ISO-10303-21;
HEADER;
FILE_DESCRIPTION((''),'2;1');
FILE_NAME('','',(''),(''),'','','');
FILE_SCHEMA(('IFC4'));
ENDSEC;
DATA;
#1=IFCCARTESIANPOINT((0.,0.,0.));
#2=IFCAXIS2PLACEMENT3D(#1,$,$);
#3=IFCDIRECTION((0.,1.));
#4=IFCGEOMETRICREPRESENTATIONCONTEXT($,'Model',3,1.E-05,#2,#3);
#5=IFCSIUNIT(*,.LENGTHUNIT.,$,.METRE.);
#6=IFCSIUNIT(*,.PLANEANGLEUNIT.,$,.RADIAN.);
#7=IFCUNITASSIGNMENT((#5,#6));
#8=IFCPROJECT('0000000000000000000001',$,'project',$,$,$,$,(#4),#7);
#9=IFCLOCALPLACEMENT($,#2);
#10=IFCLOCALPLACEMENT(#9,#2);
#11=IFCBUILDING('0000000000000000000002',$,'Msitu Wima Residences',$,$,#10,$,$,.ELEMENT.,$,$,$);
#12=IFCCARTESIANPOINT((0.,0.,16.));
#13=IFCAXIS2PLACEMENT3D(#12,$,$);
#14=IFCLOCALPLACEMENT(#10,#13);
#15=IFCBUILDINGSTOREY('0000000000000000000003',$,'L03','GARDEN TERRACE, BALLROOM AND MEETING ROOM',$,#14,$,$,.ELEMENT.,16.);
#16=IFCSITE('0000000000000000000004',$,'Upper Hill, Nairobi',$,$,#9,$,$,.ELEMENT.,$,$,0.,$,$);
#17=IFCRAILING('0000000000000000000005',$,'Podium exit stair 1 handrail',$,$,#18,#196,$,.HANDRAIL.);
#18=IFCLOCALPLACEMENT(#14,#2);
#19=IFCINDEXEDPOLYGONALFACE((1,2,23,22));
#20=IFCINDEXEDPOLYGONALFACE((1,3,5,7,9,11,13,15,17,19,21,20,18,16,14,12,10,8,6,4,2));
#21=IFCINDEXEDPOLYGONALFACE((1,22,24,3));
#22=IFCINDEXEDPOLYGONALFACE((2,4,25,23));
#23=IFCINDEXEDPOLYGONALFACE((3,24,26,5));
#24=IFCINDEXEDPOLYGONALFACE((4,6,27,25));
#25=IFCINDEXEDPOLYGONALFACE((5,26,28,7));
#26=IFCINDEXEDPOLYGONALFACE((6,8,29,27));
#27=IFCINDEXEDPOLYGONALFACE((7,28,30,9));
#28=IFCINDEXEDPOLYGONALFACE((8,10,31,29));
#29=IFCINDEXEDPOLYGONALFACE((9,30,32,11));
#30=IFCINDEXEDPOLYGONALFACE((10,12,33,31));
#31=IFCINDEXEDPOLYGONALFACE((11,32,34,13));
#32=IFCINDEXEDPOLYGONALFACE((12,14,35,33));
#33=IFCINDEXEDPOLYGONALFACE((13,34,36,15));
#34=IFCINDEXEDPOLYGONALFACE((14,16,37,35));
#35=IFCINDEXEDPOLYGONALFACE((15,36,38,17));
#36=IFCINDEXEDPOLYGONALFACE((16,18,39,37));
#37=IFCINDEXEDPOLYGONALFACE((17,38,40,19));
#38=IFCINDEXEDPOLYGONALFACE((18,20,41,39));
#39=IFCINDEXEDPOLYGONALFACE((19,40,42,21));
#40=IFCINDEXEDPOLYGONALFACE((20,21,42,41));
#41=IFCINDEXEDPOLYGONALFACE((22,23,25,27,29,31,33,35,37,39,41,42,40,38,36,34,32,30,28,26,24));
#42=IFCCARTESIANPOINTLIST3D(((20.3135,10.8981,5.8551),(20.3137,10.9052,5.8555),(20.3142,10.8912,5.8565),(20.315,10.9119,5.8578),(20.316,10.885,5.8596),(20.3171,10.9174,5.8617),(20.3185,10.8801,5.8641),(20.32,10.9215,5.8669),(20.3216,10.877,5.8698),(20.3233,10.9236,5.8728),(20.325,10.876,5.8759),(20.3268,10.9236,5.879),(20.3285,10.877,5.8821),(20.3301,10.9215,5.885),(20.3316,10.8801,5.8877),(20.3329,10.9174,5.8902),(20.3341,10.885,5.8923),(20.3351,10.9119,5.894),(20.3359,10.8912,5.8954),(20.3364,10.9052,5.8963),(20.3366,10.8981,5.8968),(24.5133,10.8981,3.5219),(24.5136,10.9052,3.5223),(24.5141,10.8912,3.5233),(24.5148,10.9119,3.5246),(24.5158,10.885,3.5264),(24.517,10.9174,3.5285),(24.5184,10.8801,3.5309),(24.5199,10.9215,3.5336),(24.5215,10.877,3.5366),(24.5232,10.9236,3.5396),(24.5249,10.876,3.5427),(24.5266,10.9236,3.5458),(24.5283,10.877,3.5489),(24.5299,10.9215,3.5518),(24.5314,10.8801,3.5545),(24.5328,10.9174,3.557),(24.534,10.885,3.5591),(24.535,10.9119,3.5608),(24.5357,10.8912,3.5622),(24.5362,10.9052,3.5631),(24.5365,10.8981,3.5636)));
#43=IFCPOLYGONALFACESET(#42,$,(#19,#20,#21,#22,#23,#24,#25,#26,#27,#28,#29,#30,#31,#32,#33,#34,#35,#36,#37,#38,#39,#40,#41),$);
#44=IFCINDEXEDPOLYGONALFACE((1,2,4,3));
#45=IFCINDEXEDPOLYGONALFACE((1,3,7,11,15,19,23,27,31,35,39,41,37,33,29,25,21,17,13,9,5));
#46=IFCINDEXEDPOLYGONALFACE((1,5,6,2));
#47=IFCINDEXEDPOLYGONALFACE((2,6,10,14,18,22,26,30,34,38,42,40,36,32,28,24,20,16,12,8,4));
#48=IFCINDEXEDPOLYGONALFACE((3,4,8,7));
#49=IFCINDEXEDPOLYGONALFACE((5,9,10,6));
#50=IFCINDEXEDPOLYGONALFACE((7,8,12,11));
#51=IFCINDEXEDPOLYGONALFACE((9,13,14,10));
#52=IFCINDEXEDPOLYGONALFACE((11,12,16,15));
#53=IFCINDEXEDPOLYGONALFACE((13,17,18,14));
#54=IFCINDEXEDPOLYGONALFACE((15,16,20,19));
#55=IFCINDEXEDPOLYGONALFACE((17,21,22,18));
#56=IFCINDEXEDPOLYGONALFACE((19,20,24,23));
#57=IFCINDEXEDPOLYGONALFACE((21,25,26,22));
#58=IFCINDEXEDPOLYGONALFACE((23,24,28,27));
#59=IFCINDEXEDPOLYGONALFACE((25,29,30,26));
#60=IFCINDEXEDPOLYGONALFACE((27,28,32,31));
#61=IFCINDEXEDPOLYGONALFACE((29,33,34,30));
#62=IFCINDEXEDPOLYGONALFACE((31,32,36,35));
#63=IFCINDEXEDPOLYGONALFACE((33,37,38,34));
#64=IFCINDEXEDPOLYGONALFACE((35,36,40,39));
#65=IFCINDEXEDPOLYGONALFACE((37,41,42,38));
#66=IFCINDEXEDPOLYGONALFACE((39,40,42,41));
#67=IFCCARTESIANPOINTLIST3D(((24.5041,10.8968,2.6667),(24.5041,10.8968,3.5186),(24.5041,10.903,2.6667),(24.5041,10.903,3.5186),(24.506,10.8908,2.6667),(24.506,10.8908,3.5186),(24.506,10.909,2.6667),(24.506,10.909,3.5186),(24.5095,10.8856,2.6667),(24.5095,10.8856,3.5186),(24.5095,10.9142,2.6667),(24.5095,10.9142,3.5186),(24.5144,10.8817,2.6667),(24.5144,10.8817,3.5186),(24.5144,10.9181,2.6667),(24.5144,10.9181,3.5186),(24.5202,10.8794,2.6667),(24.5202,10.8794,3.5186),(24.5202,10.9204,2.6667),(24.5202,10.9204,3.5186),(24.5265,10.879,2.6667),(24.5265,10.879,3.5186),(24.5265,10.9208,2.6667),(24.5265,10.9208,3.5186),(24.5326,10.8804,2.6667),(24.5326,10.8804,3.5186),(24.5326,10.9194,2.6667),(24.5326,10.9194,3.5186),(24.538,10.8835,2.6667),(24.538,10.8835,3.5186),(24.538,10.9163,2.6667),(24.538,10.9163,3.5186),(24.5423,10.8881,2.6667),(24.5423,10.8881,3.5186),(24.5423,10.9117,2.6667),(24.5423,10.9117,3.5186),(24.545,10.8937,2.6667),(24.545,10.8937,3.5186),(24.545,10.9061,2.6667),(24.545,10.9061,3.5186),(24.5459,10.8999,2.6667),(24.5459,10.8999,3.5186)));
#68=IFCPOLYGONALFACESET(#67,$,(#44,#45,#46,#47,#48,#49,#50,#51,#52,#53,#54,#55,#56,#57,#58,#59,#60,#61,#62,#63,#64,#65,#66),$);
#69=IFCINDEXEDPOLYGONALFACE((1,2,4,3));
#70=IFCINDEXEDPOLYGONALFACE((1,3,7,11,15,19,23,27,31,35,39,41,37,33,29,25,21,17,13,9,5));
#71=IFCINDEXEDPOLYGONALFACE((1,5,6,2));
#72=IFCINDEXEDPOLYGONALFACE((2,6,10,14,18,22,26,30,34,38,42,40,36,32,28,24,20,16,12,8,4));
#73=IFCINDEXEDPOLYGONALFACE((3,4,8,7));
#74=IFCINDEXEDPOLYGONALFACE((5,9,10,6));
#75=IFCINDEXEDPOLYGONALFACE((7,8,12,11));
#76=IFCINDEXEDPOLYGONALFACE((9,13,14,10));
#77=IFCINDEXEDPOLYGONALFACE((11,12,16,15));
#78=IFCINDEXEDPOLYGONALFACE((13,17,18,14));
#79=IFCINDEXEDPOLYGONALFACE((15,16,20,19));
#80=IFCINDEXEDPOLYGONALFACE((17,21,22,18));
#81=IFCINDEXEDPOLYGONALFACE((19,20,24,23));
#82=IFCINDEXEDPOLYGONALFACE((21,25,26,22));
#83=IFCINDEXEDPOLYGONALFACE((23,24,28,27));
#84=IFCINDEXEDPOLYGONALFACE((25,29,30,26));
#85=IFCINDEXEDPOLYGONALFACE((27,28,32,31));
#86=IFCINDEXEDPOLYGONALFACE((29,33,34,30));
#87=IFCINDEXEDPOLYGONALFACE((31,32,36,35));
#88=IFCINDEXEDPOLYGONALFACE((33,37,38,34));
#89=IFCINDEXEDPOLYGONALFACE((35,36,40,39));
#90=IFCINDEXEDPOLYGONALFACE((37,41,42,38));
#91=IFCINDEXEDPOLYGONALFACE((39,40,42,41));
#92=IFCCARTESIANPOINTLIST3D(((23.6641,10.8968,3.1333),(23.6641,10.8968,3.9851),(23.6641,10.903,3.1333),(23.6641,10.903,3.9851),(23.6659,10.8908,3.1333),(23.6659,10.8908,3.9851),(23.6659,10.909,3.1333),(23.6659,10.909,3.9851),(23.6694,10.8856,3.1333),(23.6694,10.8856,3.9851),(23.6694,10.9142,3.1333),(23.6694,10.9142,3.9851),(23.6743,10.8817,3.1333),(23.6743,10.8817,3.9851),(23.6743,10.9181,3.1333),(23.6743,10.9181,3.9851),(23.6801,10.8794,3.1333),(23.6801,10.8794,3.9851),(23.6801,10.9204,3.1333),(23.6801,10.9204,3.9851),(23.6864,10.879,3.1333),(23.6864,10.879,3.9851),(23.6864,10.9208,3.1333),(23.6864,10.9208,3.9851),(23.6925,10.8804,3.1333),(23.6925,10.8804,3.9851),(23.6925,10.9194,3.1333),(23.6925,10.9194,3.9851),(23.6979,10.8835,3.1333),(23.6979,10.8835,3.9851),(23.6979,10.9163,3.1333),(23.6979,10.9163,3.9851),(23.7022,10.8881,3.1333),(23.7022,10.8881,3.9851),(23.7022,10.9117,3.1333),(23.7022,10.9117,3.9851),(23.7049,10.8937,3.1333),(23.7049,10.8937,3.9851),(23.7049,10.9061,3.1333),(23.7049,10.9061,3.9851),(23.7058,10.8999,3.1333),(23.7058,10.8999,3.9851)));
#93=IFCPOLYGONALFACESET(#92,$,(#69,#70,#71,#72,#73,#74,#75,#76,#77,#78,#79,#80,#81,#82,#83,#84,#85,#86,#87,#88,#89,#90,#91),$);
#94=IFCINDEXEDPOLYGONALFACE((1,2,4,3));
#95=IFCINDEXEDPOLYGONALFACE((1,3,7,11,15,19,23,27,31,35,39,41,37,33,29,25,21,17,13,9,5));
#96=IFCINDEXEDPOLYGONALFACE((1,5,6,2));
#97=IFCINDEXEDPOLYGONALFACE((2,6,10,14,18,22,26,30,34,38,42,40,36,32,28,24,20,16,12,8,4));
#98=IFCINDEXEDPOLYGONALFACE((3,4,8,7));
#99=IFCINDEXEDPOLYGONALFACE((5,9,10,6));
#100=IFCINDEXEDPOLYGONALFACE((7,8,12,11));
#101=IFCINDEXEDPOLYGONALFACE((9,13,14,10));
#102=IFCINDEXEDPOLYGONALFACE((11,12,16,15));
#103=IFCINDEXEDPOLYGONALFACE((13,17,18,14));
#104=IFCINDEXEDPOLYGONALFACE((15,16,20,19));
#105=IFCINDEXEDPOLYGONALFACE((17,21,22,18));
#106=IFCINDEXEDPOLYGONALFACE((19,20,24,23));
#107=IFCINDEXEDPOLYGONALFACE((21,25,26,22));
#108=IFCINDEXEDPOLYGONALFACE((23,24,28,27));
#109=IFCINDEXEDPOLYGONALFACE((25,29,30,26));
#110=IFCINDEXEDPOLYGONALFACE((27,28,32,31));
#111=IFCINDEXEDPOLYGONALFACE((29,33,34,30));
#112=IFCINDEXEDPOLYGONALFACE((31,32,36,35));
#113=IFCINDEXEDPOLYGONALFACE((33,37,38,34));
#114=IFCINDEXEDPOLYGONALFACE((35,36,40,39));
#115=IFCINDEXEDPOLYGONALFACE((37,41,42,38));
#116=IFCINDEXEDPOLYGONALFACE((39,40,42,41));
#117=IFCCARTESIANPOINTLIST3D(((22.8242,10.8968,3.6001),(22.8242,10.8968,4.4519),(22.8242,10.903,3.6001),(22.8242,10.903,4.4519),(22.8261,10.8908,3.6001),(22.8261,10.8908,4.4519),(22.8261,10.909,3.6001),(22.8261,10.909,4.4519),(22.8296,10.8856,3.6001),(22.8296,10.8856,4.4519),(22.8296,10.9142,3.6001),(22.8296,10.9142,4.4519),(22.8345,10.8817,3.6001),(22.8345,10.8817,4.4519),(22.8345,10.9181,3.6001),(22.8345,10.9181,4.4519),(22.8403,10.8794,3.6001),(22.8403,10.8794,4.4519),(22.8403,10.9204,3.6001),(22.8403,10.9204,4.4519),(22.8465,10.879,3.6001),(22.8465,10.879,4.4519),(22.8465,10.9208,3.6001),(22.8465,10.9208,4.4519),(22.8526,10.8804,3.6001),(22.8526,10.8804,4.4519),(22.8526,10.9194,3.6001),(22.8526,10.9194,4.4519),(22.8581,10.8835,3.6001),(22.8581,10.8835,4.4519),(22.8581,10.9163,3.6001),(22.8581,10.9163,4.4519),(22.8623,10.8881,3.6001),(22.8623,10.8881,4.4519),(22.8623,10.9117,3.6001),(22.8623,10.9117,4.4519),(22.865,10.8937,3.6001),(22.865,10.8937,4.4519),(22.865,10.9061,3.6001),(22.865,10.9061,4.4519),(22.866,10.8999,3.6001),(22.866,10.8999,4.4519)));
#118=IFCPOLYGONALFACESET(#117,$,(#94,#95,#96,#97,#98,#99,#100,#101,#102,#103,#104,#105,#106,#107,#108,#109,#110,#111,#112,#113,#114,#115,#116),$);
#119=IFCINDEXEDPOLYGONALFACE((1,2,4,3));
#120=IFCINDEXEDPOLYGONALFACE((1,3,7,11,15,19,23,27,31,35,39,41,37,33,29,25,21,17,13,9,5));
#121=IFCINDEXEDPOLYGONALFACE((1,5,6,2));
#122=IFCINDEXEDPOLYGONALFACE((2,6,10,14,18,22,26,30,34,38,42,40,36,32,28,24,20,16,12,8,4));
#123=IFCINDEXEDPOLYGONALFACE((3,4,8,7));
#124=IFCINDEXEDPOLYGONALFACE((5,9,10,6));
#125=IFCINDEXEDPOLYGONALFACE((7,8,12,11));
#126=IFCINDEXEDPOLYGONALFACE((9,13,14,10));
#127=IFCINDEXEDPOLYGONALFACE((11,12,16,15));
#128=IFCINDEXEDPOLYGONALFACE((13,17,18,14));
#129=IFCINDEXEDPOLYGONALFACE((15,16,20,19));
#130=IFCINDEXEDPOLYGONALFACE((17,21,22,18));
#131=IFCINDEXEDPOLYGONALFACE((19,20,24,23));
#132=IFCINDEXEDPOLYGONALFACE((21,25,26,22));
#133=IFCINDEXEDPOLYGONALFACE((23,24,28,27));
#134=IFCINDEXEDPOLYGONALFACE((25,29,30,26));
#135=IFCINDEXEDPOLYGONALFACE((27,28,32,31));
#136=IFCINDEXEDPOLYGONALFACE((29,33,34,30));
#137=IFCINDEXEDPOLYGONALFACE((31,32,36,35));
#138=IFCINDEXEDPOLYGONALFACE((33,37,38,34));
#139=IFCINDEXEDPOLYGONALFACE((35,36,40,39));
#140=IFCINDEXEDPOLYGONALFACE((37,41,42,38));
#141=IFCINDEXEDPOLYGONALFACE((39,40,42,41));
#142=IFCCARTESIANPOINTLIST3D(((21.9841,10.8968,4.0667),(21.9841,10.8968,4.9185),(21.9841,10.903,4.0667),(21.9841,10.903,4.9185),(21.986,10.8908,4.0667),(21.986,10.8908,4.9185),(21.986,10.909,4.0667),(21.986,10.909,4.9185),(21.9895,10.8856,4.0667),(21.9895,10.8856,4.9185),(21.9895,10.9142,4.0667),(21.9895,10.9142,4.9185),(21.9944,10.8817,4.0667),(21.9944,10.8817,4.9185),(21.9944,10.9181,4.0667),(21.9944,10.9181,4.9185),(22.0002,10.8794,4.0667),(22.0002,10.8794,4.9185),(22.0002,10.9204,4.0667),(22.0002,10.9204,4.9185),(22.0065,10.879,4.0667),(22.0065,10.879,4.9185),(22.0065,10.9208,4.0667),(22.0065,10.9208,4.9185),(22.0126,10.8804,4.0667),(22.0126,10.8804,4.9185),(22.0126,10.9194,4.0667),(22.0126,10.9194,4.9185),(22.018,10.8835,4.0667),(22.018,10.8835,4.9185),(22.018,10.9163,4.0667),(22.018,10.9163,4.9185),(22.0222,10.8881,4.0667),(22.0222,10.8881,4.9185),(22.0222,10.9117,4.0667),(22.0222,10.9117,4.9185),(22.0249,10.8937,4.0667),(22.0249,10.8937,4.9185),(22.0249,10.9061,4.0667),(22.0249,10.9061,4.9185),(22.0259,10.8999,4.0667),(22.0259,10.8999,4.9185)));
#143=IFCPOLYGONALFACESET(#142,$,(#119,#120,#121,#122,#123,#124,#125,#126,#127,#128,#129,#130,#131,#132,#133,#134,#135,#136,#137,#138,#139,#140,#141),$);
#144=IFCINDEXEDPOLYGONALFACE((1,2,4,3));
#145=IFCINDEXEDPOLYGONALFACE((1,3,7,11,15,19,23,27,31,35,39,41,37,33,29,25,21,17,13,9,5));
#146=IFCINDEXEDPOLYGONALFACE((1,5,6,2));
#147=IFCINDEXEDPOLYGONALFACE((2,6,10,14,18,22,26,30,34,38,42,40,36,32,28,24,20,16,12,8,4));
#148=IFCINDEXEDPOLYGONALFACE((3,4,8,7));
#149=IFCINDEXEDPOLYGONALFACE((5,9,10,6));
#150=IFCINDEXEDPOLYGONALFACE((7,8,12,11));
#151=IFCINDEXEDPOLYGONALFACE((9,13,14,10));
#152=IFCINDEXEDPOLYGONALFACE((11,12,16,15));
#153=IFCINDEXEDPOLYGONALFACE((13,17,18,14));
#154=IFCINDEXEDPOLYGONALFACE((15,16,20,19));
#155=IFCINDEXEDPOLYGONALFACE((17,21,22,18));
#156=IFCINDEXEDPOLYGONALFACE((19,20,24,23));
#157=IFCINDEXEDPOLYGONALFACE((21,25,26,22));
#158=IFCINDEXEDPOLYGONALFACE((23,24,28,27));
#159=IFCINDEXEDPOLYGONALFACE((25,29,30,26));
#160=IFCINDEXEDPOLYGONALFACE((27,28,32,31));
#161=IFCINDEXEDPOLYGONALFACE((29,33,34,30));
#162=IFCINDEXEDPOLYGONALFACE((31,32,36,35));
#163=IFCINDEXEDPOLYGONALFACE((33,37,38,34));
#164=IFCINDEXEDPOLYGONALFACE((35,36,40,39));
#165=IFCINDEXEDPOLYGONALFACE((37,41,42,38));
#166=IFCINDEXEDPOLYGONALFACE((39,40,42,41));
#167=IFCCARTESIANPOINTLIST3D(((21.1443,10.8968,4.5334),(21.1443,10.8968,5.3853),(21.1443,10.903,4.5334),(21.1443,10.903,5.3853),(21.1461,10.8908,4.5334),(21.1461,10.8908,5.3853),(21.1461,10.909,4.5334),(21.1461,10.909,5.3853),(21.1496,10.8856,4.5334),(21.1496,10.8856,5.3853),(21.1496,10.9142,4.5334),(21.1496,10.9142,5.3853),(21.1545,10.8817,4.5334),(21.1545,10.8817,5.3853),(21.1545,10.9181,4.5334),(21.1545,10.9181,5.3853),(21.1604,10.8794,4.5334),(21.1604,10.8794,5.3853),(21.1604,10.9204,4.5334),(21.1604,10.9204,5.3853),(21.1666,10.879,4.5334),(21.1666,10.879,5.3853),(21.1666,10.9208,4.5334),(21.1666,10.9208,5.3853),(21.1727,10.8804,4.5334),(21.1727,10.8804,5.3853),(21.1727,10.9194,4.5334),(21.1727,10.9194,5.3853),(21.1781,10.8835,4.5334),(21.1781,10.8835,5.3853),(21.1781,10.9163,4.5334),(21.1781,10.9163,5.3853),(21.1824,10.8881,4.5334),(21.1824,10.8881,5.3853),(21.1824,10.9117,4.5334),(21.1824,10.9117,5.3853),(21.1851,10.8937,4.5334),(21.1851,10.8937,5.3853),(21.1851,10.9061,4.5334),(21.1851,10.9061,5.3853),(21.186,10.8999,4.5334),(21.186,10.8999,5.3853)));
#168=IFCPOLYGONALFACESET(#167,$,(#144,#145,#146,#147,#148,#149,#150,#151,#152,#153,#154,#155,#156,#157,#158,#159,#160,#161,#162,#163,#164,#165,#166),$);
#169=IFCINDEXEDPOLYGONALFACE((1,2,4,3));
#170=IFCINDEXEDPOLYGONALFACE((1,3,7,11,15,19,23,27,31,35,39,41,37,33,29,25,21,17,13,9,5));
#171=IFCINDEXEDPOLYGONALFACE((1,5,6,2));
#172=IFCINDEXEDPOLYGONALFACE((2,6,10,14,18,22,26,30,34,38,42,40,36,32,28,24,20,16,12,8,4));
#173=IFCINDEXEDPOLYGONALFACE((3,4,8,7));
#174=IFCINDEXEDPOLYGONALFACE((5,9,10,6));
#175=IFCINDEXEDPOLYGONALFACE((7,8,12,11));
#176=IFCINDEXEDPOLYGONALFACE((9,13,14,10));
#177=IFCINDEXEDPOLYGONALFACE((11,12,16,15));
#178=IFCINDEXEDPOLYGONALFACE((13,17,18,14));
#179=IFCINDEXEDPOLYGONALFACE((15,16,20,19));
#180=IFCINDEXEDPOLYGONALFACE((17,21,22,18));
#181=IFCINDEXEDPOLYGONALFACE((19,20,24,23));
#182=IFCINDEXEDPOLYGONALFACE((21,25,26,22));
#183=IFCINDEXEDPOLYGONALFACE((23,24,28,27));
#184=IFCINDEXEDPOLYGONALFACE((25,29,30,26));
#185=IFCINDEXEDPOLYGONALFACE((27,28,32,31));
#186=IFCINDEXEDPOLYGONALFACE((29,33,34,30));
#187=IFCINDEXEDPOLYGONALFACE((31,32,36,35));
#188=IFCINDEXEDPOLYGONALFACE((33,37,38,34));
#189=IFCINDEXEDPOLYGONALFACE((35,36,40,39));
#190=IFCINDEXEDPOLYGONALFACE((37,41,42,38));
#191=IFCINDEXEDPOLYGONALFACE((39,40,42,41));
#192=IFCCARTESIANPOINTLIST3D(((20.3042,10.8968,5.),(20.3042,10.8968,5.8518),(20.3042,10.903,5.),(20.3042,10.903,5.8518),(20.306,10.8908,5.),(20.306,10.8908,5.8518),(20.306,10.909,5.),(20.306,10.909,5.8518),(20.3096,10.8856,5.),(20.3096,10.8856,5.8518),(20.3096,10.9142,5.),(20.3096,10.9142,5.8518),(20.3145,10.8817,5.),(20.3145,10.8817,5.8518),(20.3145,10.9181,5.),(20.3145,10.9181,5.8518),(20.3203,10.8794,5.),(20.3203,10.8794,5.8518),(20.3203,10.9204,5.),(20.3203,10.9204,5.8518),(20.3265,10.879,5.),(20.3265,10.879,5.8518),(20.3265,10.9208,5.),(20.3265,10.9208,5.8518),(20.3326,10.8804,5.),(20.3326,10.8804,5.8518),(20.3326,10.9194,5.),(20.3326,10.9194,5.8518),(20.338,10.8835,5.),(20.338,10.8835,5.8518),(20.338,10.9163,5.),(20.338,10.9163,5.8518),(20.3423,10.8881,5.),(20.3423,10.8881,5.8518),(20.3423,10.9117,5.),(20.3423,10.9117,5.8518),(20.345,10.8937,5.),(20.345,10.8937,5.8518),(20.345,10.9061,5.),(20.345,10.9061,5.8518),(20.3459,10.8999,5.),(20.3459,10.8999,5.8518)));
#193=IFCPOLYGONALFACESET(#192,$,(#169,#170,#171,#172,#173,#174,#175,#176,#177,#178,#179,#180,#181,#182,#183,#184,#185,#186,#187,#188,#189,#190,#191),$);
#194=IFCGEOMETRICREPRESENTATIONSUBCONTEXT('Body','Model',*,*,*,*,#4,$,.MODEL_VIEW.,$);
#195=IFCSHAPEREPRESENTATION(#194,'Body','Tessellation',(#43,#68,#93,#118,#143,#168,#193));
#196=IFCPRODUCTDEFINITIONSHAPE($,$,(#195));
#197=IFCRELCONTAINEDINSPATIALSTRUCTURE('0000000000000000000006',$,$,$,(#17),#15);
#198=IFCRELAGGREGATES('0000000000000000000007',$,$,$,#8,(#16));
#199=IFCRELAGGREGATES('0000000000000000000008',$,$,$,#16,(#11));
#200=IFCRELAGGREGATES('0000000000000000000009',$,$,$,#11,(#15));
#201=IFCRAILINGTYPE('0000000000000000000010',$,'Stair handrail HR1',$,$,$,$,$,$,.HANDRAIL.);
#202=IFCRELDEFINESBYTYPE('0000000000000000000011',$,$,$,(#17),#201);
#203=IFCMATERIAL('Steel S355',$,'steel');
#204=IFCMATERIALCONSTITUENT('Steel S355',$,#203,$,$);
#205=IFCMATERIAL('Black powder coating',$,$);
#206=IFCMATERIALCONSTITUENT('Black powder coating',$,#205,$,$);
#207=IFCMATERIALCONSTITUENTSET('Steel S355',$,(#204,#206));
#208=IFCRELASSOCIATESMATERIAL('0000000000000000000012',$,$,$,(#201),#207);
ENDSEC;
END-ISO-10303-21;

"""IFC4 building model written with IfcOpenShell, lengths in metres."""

from ifc_helpers import new_model, si_unit, direction, frame, origin, origin_2d, place, context, subcontext, project, spatial, circle, extrude, material, constituent, constituent_set, type_object, element, save


model = new_model("IFC4")

# Units and contexts
model_context = context("Model", 3, precision=1e-05, world=origin(), true_north=direction((0.0, 1.0)))
body_context = subcontext(model_context, "Body", "Model", "MODEL_VIEW")
ifc_project = project(units=[si_unit("LENGTHUNIT", "METRE"), si_unit("PLANEANGLEUNIT", "RADIAN")], contexts=[model_context])

# Site, building, storey
site_placement = place(None, origin())
site = spatial("IfcSite", under=ifc_project, at=site_placement, Name="Upper Hill, Nairobi", CompositionType="ELEMENT", RefElevation=0.0)
building_placement = place(site_placement, origin())
building = spatial("IfcBuilding", under=site, at=building_placement, Name="Msitu Wima Residences", CompositionType="ELEMENT")
storey_placement = place(building_placement, frame((0.0, 0.0, 16.0)))
storey = spatial("IfcBuildingStorey", under=building, at=storey_placement, Name="L03", Description="GARDEN TERRACE, BALLROOM AND MEETING ROOM", CompositionType="ELEMENT", Elevation=16.0)

# Railing
ifc_material_1 = material(Name="Steel S355", Category="steel")
ifc_constituent_1 = constituent(ifc_material_1, Name="Steel S355")
ifc_material_2 = material(Name="Black powder coating")
ifc_constituent_2 = constituent(ifc_material_2, Name="Black powder coating")
ifc_constituent_set = constituent_set(constituents=[ifc_constituent_1, ifc_constituent_2], Name="Steel S355")
railing_type = type_object("IfcRailingType", Name="Stair handrail HR1", PredefinedType="HANDRAIL", material=ifc_constituent_set)
for number, where, name in (
    (1, (24.5249, 10.8999, 2.6667), "Podium exit stair 1 handrail"),
):
    element("IfcRailing", number, at=place(storey_placement, frame(where)), inside=storey, type_object=railing_type, Name=name, PredefinedType="HANDRAIL", context=body_context, shape_type="SweptSolid", body=[
        extrude(circle(Radius=0.0239, at=origin_2d()), frame((0.0, 0.0, 0.876), z_axis=(-0.874162, 0.0, 0.485634), x_axis=(0.0, -1.0, 0.0)), (0.0, 0.0, 1.0), 4.8044),
        extrude(circle(Radius=0.021, at=origin_2d()), origin(), (0.0, 0.0, 1.0), 0.8518),
        extrude(circle(Radius=0.021, at=origin_2d()), frame((-0.8401, 0.0, 0.4666)), (0.0, 0.0, 1.0), 0.8518),
        extrude(circle(Radius=0.021, at=origin_2d()), frame((-1.6799, 0.0, 0.9333)), (0.0, 0.0, 1.0), 0.8518),
        extrude(circle(Radius=0.021, at=origin_2d()), frame((-2.52, 0.0, 1.3999)), (0.0, 0.0, 1.0), 0.8518),
        extrude(circle(Radius=0.021, at=origin_2d()), frame((-3.3599, 0.0, 1.8667)), (0.0, 0.0, 1.0), 0.8518),
        extrude(circle(Radius=0.021, at=origin_2d()), frame((-4.2, 0.0, 2.3333)), (0.0, 0.0, 1.0), 0.8518),
    ])

save(model, "model.ifc")
